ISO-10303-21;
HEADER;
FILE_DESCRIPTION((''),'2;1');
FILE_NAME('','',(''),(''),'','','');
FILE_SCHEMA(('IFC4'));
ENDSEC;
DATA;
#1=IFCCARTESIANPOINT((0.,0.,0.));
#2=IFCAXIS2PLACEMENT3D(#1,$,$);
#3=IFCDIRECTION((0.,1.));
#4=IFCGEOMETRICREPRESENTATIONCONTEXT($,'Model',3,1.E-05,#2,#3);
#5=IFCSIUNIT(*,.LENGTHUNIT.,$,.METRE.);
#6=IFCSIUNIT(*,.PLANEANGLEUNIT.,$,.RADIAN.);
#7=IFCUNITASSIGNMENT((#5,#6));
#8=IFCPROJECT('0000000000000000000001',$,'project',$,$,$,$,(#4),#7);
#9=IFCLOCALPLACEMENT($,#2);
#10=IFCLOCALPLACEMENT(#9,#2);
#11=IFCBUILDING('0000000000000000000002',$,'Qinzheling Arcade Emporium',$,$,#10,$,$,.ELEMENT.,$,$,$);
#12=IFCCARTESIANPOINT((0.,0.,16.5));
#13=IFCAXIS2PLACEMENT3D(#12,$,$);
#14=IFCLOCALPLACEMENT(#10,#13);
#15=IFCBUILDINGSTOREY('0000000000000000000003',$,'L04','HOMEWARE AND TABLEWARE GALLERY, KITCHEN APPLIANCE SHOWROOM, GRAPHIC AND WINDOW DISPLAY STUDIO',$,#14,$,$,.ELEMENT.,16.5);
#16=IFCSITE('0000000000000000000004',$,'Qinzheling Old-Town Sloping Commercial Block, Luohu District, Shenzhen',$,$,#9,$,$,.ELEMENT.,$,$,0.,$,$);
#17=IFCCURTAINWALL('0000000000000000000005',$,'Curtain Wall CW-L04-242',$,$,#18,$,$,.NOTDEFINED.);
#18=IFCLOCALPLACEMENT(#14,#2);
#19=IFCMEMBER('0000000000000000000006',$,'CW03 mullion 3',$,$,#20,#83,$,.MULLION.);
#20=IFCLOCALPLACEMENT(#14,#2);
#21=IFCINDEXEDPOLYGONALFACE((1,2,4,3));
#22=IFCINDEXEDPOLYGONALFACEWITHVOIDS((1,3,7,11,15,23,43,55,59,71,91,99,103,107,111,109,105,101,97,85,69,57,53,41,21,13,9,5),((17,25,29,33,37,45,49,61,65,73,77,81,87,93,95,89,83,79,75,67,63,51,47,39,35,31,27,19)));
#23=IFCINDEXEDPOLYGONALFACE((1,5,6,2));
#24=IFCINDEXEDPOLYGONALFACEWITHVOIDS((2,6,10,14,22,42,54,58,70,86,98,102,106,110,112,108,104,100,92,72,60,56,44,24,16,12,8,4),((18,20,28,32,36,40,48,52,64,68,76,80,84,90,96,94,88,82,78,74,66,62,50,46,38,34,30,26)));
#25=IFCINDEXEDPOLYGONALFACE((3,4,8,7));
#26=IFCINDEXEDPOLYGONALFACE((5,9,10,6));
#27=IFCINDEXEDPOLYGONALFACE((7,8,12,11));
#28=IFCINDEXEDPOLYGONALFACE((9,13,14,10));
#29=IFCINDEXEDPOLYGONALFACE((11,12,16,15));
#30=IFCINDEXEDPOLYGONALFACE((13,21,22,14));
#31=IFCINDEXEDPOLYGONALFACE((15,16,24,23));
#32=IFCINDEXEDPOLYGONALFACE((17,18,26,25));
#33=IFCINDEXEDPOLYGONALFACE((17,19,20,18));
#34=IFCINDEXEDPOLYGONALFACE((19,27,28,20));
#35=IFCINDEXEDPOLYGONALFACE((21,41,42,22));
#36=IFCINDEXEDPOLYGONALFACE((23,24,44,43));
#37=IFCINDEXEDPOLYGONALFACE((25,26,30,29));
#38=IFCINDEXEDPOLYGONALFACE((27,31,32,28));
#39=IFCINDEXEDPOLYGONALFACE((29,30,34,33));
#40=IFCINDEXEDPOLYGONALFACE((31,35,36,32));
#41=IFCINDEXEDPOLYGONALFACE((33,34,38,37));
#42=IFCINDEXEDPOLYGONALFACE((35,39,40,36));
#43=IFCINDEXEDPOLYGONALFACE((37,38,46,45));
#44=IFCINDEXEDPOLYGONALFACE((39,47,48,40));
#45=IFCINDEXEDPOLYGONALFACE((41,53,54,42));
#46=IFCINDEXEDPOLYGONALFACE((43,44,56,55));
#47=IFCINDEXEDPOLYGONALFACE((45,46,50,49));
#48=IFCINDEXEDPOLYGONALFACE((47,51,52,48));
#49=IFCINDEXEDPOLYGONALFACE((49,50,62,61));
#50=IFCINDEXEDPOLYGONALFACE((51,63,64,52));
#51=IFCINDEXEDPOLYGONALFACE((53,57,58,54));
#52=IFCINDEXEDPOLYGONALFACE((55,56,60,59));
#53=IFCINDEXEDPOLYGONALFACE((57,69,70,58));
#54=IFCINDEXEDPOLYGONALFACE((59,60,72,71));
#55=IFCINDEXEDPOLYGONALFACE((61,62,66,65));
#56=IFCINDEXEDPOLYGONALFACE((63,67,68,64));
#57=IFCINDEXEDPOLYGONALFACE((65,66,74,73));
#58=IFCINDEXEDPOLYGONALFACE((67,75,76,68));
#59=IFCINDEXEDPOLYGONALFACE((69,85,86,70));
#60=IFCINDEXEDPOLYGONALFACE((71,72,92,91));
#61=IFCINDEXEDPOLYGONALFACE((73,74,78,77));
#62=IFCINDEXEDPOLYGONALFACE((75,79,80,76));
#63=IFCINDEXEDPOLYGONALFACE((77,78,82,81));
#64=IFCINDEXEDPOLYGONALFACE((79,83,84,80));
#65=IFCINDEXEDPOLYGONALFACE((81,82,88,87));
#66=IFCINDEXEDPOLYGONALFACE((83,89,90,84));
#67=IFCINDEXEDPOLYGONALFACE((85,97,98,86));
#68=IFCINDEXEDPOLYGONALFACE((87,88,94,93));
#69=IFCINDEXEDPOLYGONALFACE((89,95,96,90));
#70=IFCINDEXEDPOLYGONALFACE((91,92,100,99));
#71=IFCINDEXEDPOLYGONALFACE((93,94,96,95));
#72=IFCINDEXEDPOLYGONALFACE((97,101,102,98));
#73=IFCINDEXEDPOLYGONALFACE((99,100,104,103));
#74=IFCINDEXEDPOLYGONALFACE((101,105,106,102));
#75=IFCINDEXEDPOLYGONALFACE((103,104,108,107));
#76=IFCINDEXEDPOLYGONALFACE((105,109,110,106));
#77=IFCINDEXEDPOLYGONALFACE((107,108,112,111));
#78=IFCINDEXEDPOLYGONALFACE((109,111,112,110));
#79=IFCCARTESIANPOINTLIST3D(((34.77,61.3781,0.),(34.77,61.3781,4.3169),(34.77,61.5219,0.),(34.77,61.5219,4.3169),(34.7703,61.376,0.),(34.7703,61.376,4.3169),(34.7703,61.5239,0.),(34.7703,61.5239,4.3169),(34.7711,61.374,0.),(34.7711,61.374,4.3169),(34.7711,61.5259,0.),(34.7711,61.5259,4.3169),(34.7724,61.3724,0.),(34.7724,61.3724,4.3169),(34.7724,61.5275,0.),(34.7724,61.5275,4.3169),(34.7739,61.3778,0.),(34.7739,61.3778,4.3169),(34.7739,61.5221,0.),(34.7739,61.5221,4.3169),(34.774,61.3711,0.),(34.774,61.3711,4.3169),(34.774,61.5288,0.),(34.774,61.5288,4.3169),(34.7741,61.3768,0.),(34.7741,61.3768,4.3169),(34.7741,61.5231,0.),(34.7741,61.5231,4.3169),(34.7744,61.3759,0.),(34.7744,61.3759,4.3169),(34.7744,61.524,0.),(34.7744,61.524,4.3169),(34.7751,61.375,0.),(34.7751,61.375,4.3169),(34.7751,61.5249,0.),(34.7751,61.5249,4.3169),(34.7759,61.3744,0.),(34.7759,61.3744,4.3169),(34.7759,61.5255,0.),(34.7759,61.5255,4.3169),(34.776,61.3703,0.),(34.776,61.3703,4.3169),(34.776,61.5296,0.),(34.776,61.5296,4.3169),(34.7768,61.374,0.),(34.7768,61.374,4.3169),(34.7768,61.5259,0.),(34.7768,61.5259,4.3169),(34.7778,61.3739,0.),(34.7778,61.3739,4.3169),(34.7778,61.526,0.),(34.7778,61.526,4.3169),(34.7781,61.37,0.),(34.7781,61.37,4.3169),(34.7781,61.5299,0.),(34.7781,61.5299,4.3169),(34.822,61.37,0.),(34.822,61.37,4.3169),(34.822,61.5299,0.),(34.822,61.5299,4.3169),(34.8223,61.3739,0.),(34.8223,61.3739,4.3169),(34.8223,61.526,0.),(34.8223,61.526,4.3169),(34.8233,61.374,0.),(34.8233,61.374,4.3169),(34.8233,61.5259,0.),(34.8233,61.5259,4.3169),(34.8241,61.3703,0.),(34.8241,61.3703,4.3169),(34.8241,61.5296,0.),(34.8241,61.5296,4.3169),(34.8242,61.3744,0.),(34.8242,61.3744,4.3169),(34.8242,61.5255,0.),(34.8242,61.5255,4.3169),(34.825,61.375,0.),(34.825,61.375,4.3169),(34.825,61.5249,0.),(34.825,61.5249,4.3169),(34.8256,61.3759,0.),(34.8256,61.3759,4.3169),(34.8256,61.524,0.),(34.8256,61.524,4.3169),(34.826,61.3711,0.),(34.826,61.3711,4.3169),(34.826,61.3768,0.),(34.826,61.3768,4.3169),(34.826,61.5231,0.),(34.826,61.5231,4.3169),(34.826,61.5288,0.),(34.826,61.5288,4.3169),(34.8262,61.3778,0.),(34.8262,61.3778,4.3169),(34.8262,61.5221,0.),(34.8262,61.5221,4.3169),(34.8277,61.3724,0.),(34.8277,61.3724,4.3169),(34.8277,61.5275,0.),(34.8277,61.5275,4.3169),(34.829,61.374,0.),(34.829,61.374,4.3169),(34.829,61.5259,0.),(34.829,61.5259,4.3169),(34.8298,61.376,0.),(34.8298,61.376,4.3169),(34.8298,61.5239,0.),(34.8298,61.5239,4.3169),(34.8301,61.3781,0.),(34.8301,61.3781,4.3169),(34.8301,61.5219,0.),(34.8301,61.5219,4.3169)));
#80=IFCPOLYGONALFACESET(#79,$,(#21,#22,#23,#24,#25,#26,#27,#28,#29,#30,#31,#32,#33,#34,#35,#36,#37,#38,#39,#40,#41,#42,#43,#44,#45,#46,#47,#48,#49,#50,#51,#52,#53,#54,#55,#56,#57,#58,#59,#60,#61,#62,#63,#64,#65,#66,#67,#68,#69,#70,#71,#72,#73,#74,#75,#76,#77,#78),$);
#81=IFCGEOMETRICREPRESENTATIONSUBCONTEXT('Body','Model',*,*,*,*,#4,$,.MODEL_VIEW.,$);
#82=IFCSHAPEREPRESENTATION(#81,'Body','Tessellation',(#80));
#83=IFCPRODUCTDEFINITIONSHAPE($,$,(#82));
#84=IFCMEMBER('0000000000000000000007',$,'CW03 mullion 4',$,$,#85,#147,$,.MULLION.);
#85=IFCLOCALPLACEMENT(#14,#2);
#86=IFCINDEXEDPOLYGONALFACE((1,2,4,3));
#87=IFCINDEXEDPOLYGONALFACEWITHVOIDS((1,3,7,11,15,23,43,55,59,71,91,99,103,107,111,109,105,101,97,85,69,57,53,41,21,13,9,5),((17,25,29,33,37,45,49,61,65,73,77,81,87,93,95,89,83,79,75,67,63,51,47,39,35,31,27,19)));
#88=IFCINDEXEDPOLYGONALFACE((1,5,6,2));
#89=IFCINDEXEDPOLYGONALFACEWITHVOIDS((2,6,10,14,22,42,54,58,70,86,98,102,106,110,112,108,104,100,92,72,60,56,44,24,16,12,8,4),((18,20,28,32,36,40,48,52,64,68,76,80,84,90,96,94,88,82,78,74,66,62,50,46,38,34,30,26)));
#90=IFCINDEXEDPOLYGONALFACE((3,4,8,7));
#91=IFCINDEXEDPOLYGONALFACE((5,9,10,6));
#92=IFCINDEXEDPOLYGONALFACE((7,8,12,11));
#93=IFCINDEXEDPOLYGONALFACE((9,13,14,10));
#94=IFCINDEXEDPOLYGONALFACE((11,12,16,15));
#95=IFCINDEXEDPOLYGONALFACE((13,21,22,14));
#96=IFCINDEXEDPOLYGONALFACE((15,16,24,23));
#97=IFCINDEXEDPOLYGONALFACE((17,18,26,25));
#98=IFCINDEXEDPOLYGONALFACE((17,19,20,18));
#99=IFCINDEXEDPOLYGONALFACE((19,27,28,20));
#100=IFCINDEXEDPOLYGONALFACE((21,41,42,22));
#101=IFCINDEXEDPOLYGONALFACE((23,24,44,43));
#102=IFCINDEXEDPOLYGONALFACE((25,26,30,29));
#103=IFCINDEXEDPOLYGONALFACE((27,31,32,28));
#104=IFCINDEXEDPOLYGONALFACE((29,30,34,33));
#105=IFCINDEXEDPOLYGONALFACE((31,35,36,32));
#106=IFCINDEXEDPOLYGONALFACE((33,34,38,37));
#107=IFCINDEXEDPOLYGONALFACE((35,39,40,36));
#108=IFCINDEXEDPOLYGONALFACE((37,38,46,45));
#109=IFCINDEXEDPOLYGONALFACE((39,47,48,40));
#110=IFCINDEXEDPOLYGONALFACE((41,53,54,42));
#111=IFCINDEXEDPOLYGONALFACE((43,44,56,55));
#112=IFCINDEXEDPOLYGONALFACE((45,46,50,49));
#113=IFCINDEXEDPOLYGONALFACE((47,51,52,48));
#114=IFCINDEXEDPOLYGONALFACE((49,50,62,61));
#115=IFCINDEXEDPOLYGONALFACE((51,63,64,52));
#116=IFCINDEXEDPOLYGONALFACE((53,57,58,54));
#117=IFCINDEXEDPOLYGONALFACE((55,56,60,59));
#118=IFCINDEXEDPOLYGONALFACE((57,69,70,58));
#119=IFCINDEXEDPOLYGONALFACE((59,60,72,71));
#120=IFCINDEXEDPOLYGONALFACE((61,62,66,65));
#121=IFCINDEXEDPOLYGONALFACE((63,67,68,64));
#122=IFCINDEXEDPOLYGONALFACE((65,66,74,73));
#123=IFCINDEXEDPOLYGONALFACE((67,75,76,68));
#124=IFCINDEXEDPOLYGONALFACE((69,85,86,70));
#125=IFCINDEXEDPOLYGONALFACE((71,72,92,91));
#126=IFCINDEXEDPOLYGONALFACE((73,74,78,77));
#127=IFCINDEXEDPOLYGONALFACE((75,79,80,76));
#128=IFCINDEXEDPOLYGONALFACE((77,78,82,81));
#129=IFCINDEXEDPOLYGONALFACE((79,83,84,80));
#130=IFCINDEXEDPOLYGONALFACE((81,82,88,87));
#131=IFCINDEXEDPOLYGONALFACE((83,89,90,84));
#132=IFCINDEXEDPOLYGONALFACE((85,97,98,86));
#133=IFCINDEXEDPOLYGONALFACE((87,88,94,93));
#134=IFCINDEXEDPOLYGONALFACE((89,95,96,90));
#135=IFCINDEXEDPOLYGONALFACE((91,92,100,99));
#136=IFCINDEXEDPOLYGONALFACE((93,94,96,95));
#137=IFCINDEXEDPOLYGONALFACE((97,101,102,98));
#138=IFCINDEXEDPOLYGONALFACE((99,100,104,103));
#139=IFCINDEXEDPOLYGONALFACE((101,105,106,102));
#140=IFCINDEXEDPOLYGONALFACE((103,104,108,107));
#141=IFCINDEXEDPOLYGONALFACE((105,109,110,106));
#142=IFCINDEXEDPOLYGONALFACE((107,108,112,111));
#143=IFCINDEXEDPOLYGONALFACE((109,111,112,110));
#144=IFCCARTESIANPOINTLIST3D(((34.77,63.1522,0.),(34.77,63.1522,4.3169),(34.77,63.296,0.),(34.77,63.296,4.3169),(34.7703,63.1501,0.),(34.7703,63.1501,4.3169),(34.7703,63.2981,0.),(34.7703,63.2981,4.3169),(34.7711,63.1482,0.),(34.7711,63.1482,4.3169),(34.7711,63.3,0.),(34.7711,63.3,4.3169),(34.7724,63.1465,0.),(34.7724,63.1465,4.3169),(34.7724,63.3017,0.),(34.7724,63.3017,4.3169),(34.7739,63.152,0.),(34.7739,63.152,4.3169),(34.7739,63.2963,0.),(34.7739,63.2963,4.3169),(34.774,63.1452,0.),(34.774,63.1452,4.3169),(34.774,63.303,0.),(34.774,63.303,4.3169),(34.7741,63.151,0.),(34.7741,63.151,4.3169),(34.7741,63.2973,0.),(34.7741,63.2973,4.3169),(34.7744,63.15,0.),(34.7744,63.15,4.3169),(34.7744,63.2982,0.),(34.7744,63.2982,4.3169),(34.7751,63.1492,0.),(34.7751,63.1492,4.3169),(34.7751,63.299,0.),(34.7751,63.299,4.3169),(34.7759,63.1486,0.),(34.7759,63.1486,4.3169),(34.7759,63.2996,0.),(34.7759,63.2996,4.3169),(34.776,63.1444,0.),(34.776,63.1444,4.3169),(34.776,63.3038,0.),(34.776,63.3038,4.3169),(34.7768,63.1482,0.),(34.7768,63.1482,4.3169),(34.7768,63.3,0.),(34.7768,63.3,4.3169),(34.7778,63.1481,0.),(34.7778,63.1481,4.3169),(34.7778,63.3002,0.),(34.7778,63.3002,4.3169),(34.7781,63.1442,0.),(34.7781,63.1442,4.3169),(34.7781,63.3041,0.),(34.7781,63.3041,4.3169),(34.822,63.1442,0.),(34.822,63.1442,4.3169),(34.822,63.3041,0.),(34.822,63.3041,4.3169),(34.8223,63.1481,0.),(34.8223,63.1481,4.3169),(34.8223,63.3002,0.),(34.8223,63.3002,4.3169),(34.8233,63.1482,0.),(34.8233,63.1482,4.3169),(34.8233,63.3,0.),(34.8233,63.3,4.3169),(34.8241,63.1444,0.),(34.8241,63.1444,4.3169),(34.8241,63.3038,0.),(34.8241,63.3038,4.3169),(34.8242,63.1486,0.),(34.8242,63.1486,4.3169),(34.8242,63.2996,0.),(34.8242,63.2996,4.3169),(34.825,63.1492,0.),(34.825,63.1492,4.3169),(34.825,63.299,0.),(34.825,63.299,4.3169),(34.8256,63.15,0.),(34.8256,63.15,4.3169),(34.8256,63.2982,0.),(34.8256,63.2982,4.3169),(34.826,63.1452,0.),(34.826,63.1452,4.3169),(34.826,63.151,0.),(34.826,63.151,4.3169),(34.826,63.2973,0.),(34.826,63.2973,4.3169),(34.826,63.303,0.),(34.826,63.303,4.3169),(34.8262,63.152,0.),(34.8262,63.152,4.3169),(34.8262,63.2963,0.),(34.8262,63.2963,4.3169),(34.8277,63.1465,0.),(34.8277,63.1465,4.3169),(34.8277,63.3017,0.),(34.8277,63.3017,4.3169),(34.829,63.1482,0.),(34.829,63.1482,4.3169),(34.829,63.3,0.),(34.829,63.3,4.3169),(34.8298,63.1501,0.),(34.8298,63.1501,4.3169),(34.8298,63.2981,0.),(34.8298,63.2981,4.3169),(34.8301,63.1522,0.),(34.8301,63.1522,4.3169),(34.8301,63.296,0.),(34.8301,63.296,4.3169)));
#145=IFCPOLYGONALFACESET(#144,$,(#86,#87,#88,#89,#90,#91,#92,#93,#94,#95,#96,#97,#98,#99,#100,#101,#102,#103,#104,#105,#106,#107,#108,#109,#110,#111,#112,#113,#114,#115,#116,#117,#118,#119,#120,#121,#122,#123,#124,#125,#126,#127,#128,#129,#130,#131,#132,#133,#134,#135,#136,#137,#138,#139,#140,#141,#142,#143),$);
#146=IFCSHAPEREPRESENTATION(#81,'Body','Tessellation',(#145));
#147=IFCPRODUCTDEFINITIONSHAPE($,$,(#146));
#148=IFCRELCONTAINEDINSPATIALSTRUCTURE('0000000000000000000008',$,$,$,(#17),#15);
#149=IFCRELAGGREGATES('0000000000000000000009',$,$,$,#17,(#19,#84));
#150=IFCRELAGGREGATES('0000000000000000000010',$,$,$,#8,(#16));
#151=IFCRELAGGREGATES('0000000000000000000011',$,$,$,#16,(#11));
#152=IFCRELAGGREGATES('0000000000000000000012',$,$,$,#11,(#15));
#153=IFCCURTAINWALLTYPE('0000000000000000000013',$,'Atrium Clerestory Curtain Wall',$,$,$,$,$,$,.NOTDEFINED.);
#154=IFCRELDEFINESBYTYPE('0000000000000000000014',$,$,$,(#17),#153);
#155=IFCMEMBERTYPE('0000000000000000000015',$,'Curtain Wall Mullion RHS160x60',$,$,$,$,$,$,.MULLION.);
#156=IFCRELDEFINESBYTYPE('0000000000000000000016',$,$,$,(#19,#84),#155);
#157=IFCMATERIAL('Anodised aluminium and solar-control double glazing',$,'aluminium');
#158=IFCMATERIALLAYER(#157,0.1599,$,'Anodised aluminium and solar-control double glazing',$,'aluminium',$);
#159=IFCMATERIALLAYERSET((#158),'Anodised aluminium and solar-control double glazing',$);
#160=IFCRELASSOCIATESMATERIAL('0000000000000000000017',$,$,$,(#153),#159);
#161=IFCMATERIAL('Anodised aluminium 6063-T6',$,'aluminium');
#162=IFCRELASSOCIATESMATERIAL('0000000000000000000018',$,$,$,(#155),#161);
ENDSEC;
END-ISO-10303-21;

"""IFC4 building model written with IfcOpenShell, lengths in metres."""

from ifc_helpers import new_model, si_unit, direction, frame, origin, origin_2d, place, context, subcontext, project, spatial, hollow_rectangle, extrude, material, layer, layer_set, material_profile, profile_set, type_object, element, aggregate, save


model = new_model("IFC4")

# Units and contexts
model_context = context("Model", 3, precision=1e-05, world=origin(), true_north=direction((0.0, 1.0)))
body_context = subcontext(model_context, "Body", "Model", "MODEL_VIEW")
ifc_project = project(units=[si_unit("LENGTHUNIT", "METRE"), si_unit("PLANEANGLEUNIT", "RADIAN")], contexts=[model_context])

# Site, building, storey
site_placement = place(None, origin())
site = spatial("IfcSite", under=ifc_project, at=site_placement, Name="Qinzheling Old-Town Sloping Commercial Block, Luohu District, Shenzhen", CompositionType="ELEMENT", RefElevation=0.0)
building_placement = place(site_placement, origin())
building = spatial("IfcBuilding", under=site, at=building_placement, Name="Qinzheling Arcade Emporium", CompositionType="ELEMENT")
storey_placement = place(building_placement, frame((0.0, 0.0, 16.5)))
storey = spatial("IfcBuildingStorey", under=building, at=storey_placement, Name="L04", Description="HOMEWARE AND TABLEWARE GALLERY, KITCHEN APPLIANCE SHOWROOM, GRAPHIC AND WINDOW DISPLAY STUDIO", CompositionType="ELEMENT", Elevation=16.5)

# Curtain wall, members
ifc_material_1 = material(Name="Anodised aluminium and solar-control double glazing", Category="aluminium")
ifc_layer_1 = layer(ifc_material_1, 0.1599, Name="Anodised aluminium and solar-control double glazing", Category="aluminium")
ifc_layer_set_1 = layer_set([ifc_layer_1], Name="Anodised aluminium and solar-control double glazing")
curtain_wall_type = type_object("IfcCurtainWallType", Name="Atrium Clerestory Curtain Wall", PredefinedType="NOTDEFINED", material=ifc_layer_set_1)
curtain_wall_placement = place(storey_placement, origin())
curtain_wall = element("IfcCurtainWall", 1, at=curtain_wall_placement, inside=storey, type_object=curtain_wall_type, Name="Curtain Wall CW-L04-242", PredefinedType="NOTDEFINED")
ifc_material_2 = material(Name="Anodised aluminium 6063-T6", Category="aluminium")
ifc_material_profile_1 = material_profile(ifc_material_2, hollow_rectangle(XDim=0.0601, YDim=0.1599, WallThickness=0.0039, InnerFilletRadius=0.0039, OuterFilletRadius=0.0081, at=origin_2d()), Name="RHS 160x60x4", Category="aluminium")
ifc_profile_set_1 = profile_set([ifc_material_profile_1], Name="Anodised aluminium 6063-T6")
member_type_1 = type_object("IfcMemberType", Name="Curtain Wall Mullion RHS160x60", PredefinedType="MULLION", material=ifc_profile_set_1)
member_1_placement = place(storey_placement, frame((34.8, 61.45, 0.0), z_axis=(0.0, 0.0, 1.0), x_axis=(-1.0, 0.0, 0.0)))
member_1 = element("IfcMember", 2, at=member_1_placement, type_object=member_type_1, Name="CW03 mullion 3", PredefinedType="MULLION", context=body_context, shape_type="SweptSolid", body=[
    extrude(hollow_rectangle(XDim=0.0601, YDim=0.1599, WallThickness=0.0039, InnerFilletRadius=0.0039, OuterFilletRadius=0.0081, at=origin_2d()), origin(), (0.0, 0.0, 1.0), 4.3169),
])
member_2_placement = place(storey_placement, frame((34.8, 63.2241, 0.0), z_axis=(0.0, 0.0, 1.0), x_axis=(-1.0, 0.0, 0.0)))
member_2 = element("IfcMember", 3, at=member_2_placement, type_object=member_type_1, Name="CW03 mullion 4", PredefinedType="MULLION", context=body_context, shape_type="SweptSolid", body=[
    extrude(hollow_rectangle(XDim=0.0601, YDim=0.1599, WallThickness=0.0039, InnerFilletRadius=0.0039, OuterFilletRadius=0.0081, at=origin_2d()), origin(), (0.0, 0.0, 1.0), 4.3169),
])
aggregate(curtain_wall, [member_1, member_2])

save(model, "model.ifc")
